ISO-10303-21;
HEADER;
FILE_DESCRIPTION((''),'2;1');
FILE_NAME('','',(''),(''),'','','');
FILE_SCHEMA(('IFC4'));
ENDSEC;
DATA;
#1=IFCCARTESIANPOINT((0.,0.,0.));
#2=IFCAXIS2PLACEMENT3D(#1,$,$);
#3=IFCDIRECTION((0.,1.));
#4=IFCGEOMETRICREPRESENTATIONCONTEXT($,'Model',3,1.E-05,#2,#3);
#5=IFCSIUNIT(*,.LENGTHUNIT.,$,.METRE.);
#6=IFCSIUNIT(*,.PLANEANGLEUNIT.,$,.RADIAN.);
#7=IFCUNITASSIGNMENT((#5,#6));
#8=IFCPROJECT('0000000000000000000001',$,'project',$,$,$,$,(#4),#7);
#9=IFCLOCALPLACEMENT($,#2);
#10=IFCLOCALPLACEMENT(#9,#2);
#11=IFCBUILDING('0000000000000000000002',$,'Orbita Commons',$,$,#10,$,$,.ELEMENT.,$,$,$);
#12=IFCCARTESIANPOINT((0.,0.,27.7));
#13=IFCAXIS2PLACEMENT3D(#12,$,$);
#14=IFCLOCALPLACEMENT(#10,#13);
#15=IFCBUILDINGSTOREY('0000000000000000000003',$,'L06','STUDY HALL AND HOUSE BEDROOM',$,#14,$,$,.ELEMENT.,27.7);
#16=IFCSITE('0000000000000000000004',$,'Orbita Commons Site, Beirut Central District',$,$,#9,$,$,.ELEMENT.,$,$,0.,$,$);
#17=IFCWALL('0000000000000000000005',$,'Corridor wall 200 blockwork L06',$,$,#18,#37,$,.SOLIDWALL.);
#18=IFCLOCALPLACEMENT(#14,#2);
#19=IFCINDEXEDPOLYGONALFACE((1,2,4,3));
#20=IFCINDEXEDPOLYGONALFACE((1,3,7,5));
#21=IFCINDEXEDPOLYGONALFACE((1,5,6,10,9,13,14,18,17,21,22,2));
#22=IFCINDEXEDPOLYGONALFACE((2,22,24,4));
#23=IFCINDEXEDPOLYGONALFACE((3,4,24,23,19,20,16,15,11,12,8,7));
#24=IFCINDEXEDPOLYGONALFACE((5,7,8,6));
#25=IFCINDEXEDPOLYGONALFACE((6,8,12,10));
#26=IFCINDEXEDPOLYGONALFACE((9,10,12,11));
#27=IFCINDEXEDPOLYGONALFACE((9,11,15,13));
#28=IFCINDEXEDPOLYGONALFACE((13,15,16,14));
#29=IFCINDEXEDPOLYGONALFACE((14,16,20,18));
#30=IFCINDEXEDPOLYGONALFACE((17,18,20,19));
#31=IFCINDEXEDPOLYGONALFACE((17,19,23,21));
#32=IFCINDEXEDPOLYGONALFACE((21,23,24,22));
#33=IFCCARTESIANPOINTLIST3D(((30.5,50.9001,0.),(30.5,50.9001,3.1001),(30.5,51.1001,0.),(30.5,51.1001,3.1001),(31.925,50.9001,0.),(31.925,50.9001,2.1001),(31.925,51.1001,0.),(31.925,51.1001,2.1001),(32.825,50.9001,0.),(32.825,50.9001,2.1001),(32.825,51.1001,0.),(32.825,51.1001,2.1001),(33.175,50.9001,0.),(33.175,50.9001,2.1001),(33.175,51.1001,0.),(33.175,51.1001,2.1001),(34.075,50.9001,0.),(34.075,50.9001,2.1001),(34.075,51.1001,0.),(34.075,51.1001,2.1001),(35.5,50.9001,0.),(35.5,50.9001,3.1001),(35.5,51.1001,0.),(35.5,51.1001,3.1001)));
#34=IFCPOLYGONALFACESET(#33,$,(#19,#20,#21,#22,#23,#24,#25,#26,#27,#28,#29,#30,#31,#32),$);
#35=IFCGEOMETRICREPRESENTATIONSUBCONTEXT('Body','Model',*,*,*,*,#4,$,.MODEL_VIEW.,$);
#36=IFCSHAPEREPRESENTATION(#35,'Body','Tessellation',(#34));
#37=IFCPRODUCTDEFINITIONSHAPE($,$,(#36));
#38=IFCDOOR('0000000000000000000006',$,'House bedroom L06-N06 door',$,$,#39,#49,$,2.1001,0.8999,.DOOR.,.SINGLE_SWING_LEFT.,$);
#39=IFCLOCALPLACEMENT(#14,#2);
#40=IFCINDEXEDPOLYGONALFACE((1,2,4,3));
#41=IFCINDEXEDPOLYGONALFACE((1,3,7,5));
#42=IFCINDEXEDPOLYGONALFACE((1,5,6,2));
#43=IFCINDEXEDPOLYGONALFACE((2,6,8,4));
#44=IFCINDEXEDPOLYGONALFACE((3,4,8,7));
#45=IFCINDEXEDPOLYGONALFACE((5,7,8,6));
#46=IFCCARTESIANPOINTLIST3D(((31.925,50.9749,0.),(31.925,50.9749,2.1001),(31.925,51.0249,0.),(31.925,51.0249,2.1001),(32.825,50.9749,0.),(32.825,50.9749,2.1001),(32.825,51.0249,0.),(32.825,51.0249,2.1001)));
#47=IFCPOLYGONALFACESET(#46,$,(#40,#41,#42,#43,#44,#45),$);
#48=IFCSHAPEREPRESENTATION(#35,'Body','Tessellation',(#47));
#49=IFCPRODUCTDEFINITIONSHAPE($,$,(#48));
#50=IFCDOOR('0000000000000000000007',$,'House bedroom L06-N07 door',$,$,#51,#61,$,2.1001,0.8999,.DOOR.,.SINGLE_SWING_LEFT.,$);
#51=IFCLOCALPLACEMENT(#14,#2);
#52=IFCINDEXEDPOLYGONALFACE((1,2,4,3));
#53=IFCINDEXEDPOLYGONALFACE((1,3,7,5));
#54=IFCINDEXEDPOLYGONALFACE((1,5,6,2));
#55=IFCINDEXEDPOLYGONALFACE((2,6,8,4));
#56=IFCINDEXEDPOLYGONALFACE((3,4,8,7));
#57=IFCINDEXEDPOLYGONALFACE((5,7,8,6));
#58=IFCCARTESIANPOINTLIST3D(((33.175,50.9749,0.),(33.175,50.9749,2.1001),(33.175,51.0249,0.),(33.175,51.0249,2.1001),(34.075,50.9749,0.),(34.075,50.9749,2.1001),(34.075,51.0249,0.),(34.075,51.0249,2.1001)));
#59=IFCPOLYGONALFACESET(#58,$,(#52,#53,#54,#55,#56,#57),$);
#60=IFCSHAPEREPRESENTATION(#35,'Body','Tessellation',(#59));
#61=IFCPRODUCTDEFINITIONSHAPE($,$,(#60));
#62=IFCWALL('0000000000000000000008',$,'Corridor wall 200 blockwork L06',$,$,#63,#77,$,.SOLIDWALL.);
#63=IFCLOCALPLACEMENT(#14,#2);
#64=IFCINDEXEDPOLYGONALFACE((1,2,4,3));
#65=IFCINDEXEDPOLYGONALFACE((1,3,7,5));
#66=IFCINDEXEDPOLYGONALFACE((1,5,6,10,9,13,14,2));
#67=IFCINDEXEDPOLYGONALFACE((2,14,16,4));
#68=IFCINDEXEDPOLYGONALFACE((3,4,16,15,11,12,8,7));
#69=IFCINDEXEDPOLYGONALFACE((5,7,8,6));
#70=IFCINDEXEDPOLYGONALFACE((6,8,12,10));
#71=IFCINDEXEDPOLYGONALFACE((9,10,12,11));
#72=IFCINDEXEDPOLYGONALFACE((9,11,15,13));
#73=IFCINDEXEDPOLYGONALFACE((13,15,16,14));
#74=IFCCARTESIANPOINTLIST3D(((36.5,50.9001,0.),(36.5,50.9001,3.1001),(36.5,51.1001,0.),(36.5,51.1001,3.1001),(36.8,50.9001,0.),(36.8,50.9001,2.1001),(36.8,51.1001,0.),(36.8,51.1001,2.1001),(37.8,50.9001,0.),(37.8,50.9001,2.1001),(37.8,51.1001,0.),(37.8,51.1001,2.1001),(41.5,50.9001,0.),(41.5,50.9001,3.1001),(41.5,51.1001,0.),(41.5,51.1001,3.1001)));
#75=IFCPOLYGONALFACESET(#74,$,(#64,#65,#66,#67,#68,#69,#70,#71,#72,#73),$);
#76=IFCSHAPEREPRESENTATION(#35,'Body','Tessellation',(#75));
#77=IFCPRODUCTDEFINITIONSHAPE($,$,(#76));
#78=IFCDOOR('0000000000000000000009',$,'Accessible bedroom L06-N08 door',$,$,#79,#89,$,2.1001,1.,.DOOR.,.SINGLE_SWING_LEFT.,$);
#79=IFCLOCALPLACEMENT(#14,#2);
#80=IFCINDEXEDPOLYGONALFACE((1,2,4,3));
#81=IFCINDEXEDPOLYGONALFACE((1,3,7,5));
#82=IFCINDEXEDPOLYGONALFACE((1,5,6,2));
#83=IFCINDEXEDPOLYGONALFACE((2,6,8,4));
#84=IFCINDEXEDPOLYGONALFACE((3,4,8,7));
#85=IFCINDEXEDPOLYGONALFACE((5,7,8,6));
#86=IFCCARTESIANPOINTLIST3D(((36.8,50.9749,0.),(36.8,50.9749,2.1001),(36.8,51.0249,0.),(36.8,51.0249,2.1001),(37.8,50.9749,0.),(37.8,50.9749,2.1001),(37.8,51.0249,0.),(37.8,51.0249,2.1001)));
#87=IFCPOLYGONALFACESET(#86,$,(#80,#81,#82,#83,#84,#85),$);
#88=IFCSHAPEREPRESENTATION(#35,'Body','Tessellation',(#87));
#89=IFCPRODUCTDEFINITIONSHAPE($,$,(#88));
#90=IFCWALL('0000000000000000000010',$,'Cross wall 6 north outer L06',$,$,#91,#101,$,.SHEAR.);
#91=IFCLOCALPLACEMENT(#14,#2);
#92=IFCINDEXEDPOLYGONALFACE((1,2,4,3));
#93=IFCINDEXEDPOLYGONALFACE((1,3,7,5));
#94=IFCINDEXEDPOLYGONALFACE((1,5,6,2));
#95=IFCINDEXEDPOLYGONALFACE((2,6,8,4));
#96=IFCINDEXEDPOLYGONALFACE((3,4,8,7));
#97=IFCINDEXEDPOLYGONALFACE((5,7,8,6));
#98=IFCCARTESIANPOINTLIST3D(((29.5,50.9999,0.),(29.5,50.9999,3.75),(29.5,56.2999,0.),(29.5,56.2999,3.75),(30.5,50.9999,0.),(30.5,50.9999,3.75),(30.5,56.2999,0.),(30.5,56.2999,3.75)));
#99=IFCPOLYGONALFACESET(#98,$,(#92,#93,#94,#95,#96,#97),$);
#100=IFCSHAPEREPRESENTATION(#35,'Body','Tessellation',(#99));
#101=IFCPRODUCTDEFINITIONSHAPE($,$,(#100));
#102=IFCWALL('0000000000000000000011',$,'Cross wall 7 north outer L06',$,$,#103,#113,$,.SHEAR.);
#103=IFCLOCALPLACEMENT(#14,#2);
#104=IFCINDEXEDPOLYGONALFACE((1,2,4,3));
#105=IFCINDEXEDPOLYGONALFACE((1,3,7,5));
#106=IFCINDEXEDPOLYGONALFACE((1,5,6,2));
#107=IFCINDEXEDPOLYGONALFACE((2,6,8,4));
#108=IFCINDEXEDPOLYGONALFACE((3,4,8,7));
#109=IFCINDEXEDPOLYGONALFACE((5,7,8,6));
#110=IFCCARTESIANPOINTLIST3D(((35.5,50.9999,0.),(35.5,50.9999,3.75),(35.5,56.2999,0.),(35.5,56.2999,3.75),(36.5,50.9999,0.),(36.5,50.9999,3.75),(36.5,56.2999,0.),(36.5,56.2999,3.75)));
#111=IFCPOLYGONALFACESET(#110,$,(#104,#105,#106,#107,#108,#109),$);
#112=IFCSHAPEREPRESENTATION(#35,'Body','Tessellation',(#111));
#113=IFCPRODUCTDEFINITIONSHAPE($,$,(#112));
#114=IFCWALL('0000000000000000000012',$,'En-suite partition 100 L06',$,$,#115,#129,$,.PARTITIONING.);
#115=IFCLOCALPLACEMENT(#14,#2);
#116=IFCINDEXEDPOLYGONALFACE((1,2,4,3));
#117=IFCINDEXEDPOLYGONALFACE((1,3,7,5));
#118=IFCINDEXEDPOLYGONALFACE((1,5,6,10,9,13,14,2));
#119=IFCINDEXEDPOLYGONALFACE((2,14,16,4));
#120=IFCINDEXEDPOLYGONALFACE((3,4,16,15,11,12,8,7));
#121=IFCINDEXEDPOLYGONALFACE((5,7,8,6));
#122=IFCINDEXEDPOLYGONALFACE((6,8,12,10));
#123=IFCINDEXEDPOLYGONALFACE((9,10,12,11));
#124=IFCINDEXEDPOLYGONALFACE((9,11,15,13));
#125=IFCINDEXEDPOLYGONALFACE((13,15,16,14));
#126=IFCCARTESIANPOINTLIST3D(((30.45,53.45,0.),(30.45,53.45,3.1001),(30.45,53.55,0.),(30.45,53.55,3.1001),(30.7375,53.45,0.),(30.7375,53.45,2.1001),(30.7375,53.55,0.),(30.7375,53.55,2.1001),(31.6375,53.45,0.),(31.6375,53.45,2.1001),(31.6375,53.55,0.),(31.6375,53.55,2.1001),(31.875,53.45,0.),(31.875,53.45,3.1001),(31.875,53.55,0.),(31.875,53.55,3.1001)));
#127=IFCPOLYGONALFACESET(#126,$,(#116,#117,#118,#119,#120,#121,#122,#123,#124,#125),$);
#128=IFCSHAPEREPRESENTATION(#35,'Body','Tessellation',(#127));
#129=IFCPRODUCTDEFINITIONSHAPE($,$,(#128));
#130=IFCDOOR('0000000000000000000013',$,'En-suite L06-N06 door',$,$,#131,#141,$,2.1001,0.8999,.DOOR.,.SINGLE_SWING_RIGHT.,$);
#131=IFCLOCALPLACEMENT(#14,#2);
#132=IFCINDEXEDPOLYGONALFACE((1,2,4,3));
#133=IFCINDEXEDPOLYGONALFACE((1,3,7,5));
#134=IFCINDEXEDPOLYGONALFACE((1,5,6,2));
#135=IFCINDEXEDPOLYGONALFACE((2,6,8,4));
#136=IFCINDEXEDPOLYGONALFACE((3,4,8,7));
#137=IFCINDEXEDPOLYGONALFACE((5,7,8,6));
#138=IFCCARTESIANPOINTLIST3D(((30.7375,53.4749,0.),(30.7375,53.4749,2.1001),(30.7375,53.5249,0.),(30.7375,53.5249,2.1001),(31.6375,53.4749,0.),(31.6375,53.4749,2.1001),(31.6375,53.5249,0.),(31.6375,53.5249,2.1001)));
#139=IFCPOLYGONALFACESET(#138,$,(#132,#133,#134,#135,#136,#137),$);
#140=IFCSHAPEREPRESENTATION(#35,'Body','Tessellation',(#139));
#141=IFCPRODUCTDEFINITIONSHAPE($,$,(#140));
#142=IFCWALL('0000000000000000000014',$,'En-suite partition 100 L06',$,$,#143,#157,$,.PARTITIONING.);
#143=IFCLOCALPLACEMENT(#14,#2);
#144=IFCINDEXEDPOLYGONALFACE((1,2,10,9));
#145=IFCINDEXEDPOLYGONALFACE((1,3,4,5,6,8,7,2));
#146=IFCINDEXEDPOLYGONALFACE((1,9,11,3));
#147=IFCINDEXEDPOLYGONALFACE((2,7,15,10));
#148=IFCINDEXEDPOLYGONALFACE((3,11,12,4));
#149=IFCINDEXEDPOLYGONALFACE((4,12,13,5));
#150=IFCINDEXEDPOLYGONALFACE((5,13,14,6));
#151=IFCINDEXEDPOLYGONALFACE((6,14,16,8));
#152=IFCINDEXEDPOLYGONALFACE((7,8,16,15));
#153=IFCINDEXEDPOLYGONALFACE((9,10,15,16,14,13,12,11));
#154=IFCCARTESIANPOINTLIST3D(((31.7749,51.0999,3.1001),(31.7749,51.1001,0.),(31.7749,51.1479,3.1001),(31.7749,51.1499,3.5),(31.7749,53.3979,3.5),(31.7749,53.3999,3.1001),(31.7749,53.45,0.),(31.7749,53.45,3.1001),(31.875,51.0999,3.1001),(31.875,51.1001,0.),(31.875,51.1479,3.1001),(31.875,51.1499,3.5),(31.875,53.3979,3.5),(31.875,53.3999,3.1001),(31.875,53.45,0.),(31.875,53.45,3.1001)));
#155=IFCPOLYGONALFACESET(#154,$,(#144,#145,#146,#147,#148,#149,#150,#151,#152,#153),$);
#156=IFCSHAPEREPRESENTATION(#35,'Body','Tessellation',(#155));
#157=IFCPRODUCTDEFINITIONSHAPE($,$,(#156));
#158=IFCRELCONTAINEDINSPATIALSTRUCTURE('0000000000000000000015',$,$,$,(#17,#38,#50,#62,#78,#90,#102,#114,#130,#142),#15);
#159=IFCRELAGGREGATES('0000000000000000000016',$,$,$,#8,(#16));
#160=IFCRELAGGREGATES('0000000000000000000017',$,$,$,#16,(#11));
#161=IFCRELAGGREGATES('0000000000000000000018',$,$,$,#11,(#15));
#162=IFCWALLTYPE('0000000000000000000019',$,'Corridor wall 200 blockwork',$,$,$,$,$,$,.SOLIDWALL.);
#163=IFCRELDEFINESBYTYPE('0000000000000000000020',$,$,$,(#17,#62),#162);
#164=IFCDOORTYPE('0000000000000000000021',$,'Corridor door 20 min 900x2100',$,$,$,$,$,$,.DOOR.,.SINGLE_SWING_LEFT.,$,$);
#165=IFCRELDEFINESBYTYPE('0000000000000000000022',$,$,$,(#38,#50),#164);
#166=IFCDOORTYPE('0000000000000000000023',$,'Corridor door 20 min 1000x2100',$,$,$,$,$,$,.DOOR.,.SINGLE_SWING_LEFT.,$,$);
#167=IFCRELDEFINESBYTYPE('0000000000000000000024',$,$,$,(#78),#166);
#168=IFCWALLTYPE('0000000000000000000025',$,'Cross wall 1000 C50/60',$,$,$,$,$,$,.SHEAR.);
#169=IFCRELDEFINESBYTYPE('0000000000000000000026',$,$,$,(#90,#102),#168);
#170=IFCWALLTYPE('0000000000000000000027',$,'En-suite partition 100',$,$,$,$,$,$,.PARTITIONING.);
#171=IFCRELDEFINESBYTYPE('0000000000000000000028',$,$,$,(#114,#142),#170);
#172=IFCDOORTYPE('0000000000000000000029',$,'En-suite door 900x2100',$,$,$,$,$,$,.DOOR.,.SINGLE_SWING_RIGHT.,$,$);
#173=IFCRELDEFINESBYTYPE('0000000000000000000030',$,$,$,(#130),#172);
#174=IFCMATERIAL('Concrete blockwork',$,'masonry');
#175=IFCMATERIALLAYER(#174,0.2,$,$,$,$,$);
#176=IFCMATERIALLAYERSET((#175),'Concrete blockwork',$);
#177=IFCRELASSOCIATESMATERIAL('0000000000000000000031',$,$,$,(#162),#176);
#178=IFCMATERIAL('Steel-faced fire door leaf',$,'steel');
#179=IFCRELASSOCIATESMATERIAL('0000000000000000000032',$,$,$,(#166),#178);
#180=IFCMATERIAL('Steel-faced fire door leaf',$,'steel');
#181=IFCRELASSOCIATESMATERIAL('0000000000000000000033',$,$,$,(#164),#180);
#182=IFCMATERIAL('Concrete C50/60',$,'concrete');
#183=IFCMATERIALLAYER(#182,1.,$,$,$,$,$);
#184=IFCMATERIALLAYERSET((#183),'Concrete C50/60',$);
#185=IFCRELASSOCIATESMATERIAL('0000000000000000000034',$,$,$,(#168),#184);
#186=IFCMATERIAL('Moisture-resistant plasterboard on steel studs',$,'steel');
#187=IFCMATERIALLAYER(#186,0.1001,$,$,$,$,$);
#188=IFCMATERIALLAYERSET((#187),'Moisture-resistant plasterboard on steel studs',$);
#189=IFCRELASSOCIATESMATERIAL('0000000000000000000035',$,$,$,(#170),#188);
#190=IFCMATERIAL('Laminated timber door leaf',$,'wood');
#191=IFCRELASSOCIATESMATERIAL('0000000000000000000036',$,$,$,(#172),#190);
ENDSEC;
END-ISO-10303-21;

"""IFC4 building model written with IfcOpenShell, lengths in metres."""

from ifc_helpers import new_model, si_unit, direction, frame, frame_2d, origin, place, context, subcontext, project, spatial, polyline, rectangle, outline, extrude, material, layer, layer_set, type_object, element, fill, save


model = new_model("IFC4")

# Units and contexts
model_context = context("Model", 3, precision=1e-05, world=origin(), true_north=direction((0.0, 1.0)))
body_context = subcontext(model_context, "Body", "Model", "MODEL_VIEW")
ifc_project = project(units=[si_unit("LENGTHUNIT", "METRE"), si_unit("PLANEANGLEUNIT", "RADIAN")], contexts=[model_context])

# Site, building, storey
site_placement = place(None, origin())
site = spatial("IfcSite", under=ifc_project, at=site_placement, Name="Orbita Commons Site, Beirut Central District", CompositionType="ELEMENT", RefElevation=0.0)
building_placement = place(site_placement, origin())
building = spatial("IfcBuilding", under=site, at=building_placement, Name="Orbita Commons", CompositionType="ELEMENT")
storey_placement = place(building_placement, frame((0.0, 0.0, 27.7)))
storey = spatial("IfcBuildingStorey", under=building, at=storey_placement, Name="L06", Description="STUDY HALL AND HOUSE BEDROOM", CompositionType="ELEMENT", Elevation=27.7)

# Shared definitions
ifc_material_1 = material(Name="Concrete blockwork", Category="masonry")
ifc_layer_1 = layer(ifc_material_1, 0.2)
ifc_layer_set_1 = layer_set([ifc_layer_1], Name="Concrete blockwork")
wall_type_1 = type_object("IfcWallType", Name="Corridor wall 200 blockwork", PredefinedType="SOLIDWALL", material=ifc_layer_set_1)
ifc_material_2 = material(Name="Steel-faced fire door leaf", Category="steel")
door_type_1 = type_object("IfcDoorType", Name="Corridor door 20 min 1000x2100", OperationType="SINGLE_SWING_LEFT", PredefinedType="DOOR", material=ifc_material_2)

# Wall, openings, doors
wall_1_placement = place(storey_placement, frame((30.5, 51.0, 0.0), z_axis=(0.0, 0.0, 1.0), x_axis=(1.0, 0.0, 0.0)))
wall_1 = element("IfcWall", 1, at=wall_1_placement, inside=storey, type_object=wall_type_1, Name="Corridor wall 200 blockwork L06", PredefinedType="SOLIDWALL", context=body_context, shape_type="SweptSolid", body=[
    extrude(outline(polyline([(0.0, 0.0), (5.0, 0.0), (5.0, 3.1001), (0.0, 3.1001), (0.0, 0.0)])), frame((0.0, 0.1001, 0.0), z_axis=(0.0, -1.0, 0.0), x_axis=(1.0, 0.0, 0.0)), (0.0, 0.0, 1.0), 0.2),
])
opening_1_placement = place(wall_1_placement, frame((1.425, 0.0, 0.0)))
opening_1 = element("IfcOpeningElement", 2, at=opening_1_placement, cuts=wall_1, PredefinedType="OPENING", context=body_context, shape_type="SweptSolid", body=[
    extrude(rectangle(XDim=0.8999, YDim=2.1001, at=frame_2d((0.45, 1.05))), frame((0.0, 0.1099, 0.0), z_axis=(0.0, -1.0, 0.0), x_axis=(1.0, 0.0, 0.0)), (0.0, 0.0, 1.0), 0.22),
])
opening_2_placement = place(wall_1_placement, frame((2.675, 0.0, 0.0)))
opening_2 = element("IfcOpeningElement", 3, at=opening_2_placement, cuts=wall_1, PredefinedType="OPENING", context=body_context, shape_type="SweptSolid", body=[
    extrude(rectangle(XDim=0.8999, YDim=2.1001, at=frame_2d((0.45, 1.05))), frame((0.0, 0.1099, 0.0), z_axis=(0.0, -1.0, 0.0), x_axis=(1.0, 0.0, 0.0)), (0.0, 0.0, 1.0), 0.22),
])
ifc_material_3 = material(Name="Steel-faced fire door leaf", Category="steel")
door_type_2 = type_object("IfcDoorType", Name="Corridor door 20 min 900x2100", OperationType="SINGLE_SWING_LEFT", PredefinedType="DOOR", material=ifc_material_3)
door_1_placement = place(opening_1_placement, origin())
door_1 = element("IfcDoor", 4, at=door_1_placement, inside=storey, type_object=door_type_2, Name="House bedroom L06-N06 door", OperationType="SINGLE_SWING_LEFT", OverallHeight=2.1001, OverallWidth=0.8999, PredefinedType="DOOR", context=body_context, shape_type="SweptSolid", body=[
    extrude(rectangle(XDim=0.8999, YDim=2.1001, at=frame_2d((0.45, 1.05))), frame((0.0, 0.0249, 0.0), z_axis=(0.0, -1.0, 0.0), x_axis=(1.0, 0.0, 0.0)), (0.0, 0.0, 1.0), 0.05),
])
fill(opening_1, door_1)
door_2_placement = place(opening_2_placement, origin())
door_2 = element("IfcDoor", 5, at=door_2_placement, inside=storey, type_object=door_type_2, Name="House bedroom L06-N07 door", OperationType="SINGLE_SWING_LEFT", OverallHeight=2.1001, OverallWidth=0.8999, PredefinedType="DOOR", context=body_context, shape_type="SweptSolid", body=[
    extrude(rectangle(XDim=0.8999, YDim=2.1001, at=frame_2d((0.45, 1.05))), frame((0.0, 0.0249, 0.0), z_axis=(0.0, -1.0, 0.0), x_axis=(1.0, 0.0, 0.0)), (0.0, 0.0, 1.0), 0.05),
])
fill(opening_2, door_2)

# Wall, opening, door
wall_2_placement = place(storey_placement, frame((36.5, 51.0, 0.0), z_axis=(0.0, 0.0, 1.0), x_axis=(1.0, 0.0, 0.0)))
wall_2 = element("IfcWall", 6, at=wall_2_placement, inside=storey, type_object=wall_type_1, Name="Corridor wall 200 blockwork L06", PredefinedType="SOLIDWALL", context=body_context, shape_type="SweptSolid", body=[
    extrude(outline(polyline([(0.0, 0.0), (5.0, 0.0), (5.0, 3.1001), (0.0, 3.1001), (0.0, 0.0)])), frame((0.0, 0.1001, 0.0), z_axis=(0.0, -1.0, 0.0), x_axis=(1.0, 0.0, 0.0)), (0.0, 0.0, 1.0), 0.2),
])
opening_3_placement = place(wall_2_placement, frame((0.3, 0.0, 0.0)))
opening_3 = element("IfcOpeningElement", 7, at=opening_3_placement, cuts=wall_2, PredefinedType="OPENING", context=body_context, shape_type="SweptSolid", body=[
    extrude(rectangle(XDim=1.0, YDim=2.1001, at=frame_2d((0.5, 1.05))), frame((0.0, 0.1099, 0.0), z_axis=(0.0, -1.0, 0.0), x_axis=(1.0, 0.0, 0.0)), (0.0, 0.0, 1.0), 0.22),
])
door_3_placement = place(opening_3_placement, origin())
door_3 = element("IfcDoor", 8, at=door_3_placement, inside=storey, type_object=door_type_1, Name="Accessible bedroom L06-N08 door", OperationType="SINGLE_SWING_LEFT", OverallHeight=2.1001, OverallWidth=1.0, PredefinedType="DOOR", context=body_context, shape_type="SweptSolid", body=[
    extrude(rectangle(XDim=1.0, YDim=2.1001, at=frame_2d((0.5, 1.05))), frame((0.0, 0.0249, 0.0), z_axis=(0.0, -1.0, 0.0), x_axis=(1.0, 0.0, 0.0)), (0.0, 0.0, 1.0), 0.05),
])
fill(opening_3, door_3)

# Walls
ifc_material_4 = material(Name="Concrete C50/60", Category="concrete")
ifc_layer_2 = layer(ifc_material_4, 1.0)
ifc_layer_set_2 = layer_set([ifc_layer_2], Name="Concrete C50/60")
wall_type_2 = type_object("IfcWallType", Name="Cross wall 1000 C50/60", PredefinedType="SHEAR", material=ifc_layer_set_2)
for number, where, z_axis, x_axis, name in (
    (9, (30.0, 51.0, 0.0), (0.0, 0.0, 1.0), (0.0, 1.0, 0.0), "Cross wall 6 north outer L06"),
    (10, (36.0, 51.0, 0.0), (0.0, 0.0, 1.0), (0.0, 1.0, 0.0), "Cross wall 7 north outer L06"),
):
    element("IfcWall", number, at=place(storey_placement, frame(where, z_axis=z_axis, x_axis=x_axis)), inside=storey, type_object=wall_type_2, Name=name, PredefinedType="SHEAR", context=body_context, shape_type="SweptSolid", body=[
        extrude(rectangle(XDim=5.3, YDim=1.0, at=frame_2d((2.6499, 0.0))), origin(), (0.0, 0.0, 1.0), 3.75),
    ])

# Wall, opening, door
ifc_material_5 = material(Name="Moisture-resistant plasterboard on steel studs", Category="steel")
ifc_layer_3 = layer(ifc_material_5, 0.1001)
ifc_layer_set_3 = layer_set([ifc_layer_3], Name="Moisture-resistant plasterboard on steel studs")
wall_type_3 = type_object("IfcWallType", Name="En-suite partition 100", PredefinedType="PARTITIONING", material=ifc_layer_set_3)
wall_3_placement = place(storey_placement, frame((30.45, 53.5, 0.0), z_axis=(0.0, 0.0, 1.0), x_axis=(1.0, 0.0, 0.0)))
wall_3 = element("IfcWall", 11, at=wall_3_placement, inside=storey, type_object=wall_type_3, Name="En-suite partition 100 L06", PredefinedType="PARTITIONING", context=body_context, shape_type="SweptSolid", body=[
    extrude(outline(polyline([(0.0, 0.0), (1.425, 0.0), (1.425, 3.1001), (0.0, 3.1001), (0.0, 0.0)])), frame((0.0, 0.05, 0.0), z_axis=(0.0, -1.0, 0.0), x_axis=(1.0, 0.0, 0.0)), (0.0, 0.0, 1.0), 0.1001),
])
opening_4_placement = place(wall_3_placement, frame((0.2876, 0.0, 0.0)))
opening_4 = element("IfcOpeningElement", 12, at=opening_4_placement, cuts=wall_3, PredefinedType="OPENING", context=body_context, shape_type="SweptSolid", body=[
    extrude(rectangle(XDim=0.8999, YDim=2.1001, at=frame_2d((0.45, 1.05))), frame((0.0, 0.0601, 0.0), z_axis=(0.0, -1.0, 0.0), x_axis=(1.0, 0.0, 0.0)), (0.0, 0.0, 1.0), 0.1201),
])
ifc_material_6 = material(Name="Laminated timber door leaf", Category="wood")
door_type_3 = type_object("IfcDoorType", Name="En-suite door 900x2100", OperationType="SINGLE_SWING_RIGHT", PredefinedType="DOOR", material=ifc_material_6)
door_4_placement = place(opening_4_placement, origin())
door_4 = element("IfcDoor", 13, at=door_4_placement, inside=storey, type_object=door_type_3, Name="En-suite L06-N06 door", OperationType="SINGLE_SWING_RIGHT", OverallHeight=2.1001, OverallWidth=0.8999, PredefinedType="DOOR", context=body_context, shape_type="SweptSolid", body=[
    extrude(rectangle(XDim=0.8999, YDim=2.1001, at=frame_2d((0.45, 1.05))), frame((0.0, 0.0249, 0.0), z_axis=(0.0, -1.0, 0.0), x_axis=(1.0, 0.0, 0.0)), (0.0, 0.0, 1.0), 0.05),
])
fill(opening_4, door_4)

# Wall
wall_4_placement = place(storey_placement, frame((31.825, 53.45, 0.0), z_axis=(0.0, 0.0, 1.0), x_axis=(0.0, -1.0, 0.0)))
element("IfcWall", 14, at=wall_4_placement, inside=storey, type_object=wall_type_3, Name="En-suite partition 100 L06", PredefinedType="PARTITIONING", context=body_context, shape_type="SweptSolid", body=[
    extrude(outline(polyline([(0.0, 0.0), (2.3499, 0.0), (2.3501, 3.1001), (2.302, 3.1001), (2.3, 3.5), (0.052, 3.5), (0.05, 3.1001), (0.0, 3.1001), (0.0, 0.0)])), frame((0.0, 0.05, 0.0), z_axis=(0.0, -1.0, 0.0), x_axis=(1.0, 0.0, 0.0)), (0.0, 0.0, 1.0), 0.1001),
])

save(model, "model.ifc")
